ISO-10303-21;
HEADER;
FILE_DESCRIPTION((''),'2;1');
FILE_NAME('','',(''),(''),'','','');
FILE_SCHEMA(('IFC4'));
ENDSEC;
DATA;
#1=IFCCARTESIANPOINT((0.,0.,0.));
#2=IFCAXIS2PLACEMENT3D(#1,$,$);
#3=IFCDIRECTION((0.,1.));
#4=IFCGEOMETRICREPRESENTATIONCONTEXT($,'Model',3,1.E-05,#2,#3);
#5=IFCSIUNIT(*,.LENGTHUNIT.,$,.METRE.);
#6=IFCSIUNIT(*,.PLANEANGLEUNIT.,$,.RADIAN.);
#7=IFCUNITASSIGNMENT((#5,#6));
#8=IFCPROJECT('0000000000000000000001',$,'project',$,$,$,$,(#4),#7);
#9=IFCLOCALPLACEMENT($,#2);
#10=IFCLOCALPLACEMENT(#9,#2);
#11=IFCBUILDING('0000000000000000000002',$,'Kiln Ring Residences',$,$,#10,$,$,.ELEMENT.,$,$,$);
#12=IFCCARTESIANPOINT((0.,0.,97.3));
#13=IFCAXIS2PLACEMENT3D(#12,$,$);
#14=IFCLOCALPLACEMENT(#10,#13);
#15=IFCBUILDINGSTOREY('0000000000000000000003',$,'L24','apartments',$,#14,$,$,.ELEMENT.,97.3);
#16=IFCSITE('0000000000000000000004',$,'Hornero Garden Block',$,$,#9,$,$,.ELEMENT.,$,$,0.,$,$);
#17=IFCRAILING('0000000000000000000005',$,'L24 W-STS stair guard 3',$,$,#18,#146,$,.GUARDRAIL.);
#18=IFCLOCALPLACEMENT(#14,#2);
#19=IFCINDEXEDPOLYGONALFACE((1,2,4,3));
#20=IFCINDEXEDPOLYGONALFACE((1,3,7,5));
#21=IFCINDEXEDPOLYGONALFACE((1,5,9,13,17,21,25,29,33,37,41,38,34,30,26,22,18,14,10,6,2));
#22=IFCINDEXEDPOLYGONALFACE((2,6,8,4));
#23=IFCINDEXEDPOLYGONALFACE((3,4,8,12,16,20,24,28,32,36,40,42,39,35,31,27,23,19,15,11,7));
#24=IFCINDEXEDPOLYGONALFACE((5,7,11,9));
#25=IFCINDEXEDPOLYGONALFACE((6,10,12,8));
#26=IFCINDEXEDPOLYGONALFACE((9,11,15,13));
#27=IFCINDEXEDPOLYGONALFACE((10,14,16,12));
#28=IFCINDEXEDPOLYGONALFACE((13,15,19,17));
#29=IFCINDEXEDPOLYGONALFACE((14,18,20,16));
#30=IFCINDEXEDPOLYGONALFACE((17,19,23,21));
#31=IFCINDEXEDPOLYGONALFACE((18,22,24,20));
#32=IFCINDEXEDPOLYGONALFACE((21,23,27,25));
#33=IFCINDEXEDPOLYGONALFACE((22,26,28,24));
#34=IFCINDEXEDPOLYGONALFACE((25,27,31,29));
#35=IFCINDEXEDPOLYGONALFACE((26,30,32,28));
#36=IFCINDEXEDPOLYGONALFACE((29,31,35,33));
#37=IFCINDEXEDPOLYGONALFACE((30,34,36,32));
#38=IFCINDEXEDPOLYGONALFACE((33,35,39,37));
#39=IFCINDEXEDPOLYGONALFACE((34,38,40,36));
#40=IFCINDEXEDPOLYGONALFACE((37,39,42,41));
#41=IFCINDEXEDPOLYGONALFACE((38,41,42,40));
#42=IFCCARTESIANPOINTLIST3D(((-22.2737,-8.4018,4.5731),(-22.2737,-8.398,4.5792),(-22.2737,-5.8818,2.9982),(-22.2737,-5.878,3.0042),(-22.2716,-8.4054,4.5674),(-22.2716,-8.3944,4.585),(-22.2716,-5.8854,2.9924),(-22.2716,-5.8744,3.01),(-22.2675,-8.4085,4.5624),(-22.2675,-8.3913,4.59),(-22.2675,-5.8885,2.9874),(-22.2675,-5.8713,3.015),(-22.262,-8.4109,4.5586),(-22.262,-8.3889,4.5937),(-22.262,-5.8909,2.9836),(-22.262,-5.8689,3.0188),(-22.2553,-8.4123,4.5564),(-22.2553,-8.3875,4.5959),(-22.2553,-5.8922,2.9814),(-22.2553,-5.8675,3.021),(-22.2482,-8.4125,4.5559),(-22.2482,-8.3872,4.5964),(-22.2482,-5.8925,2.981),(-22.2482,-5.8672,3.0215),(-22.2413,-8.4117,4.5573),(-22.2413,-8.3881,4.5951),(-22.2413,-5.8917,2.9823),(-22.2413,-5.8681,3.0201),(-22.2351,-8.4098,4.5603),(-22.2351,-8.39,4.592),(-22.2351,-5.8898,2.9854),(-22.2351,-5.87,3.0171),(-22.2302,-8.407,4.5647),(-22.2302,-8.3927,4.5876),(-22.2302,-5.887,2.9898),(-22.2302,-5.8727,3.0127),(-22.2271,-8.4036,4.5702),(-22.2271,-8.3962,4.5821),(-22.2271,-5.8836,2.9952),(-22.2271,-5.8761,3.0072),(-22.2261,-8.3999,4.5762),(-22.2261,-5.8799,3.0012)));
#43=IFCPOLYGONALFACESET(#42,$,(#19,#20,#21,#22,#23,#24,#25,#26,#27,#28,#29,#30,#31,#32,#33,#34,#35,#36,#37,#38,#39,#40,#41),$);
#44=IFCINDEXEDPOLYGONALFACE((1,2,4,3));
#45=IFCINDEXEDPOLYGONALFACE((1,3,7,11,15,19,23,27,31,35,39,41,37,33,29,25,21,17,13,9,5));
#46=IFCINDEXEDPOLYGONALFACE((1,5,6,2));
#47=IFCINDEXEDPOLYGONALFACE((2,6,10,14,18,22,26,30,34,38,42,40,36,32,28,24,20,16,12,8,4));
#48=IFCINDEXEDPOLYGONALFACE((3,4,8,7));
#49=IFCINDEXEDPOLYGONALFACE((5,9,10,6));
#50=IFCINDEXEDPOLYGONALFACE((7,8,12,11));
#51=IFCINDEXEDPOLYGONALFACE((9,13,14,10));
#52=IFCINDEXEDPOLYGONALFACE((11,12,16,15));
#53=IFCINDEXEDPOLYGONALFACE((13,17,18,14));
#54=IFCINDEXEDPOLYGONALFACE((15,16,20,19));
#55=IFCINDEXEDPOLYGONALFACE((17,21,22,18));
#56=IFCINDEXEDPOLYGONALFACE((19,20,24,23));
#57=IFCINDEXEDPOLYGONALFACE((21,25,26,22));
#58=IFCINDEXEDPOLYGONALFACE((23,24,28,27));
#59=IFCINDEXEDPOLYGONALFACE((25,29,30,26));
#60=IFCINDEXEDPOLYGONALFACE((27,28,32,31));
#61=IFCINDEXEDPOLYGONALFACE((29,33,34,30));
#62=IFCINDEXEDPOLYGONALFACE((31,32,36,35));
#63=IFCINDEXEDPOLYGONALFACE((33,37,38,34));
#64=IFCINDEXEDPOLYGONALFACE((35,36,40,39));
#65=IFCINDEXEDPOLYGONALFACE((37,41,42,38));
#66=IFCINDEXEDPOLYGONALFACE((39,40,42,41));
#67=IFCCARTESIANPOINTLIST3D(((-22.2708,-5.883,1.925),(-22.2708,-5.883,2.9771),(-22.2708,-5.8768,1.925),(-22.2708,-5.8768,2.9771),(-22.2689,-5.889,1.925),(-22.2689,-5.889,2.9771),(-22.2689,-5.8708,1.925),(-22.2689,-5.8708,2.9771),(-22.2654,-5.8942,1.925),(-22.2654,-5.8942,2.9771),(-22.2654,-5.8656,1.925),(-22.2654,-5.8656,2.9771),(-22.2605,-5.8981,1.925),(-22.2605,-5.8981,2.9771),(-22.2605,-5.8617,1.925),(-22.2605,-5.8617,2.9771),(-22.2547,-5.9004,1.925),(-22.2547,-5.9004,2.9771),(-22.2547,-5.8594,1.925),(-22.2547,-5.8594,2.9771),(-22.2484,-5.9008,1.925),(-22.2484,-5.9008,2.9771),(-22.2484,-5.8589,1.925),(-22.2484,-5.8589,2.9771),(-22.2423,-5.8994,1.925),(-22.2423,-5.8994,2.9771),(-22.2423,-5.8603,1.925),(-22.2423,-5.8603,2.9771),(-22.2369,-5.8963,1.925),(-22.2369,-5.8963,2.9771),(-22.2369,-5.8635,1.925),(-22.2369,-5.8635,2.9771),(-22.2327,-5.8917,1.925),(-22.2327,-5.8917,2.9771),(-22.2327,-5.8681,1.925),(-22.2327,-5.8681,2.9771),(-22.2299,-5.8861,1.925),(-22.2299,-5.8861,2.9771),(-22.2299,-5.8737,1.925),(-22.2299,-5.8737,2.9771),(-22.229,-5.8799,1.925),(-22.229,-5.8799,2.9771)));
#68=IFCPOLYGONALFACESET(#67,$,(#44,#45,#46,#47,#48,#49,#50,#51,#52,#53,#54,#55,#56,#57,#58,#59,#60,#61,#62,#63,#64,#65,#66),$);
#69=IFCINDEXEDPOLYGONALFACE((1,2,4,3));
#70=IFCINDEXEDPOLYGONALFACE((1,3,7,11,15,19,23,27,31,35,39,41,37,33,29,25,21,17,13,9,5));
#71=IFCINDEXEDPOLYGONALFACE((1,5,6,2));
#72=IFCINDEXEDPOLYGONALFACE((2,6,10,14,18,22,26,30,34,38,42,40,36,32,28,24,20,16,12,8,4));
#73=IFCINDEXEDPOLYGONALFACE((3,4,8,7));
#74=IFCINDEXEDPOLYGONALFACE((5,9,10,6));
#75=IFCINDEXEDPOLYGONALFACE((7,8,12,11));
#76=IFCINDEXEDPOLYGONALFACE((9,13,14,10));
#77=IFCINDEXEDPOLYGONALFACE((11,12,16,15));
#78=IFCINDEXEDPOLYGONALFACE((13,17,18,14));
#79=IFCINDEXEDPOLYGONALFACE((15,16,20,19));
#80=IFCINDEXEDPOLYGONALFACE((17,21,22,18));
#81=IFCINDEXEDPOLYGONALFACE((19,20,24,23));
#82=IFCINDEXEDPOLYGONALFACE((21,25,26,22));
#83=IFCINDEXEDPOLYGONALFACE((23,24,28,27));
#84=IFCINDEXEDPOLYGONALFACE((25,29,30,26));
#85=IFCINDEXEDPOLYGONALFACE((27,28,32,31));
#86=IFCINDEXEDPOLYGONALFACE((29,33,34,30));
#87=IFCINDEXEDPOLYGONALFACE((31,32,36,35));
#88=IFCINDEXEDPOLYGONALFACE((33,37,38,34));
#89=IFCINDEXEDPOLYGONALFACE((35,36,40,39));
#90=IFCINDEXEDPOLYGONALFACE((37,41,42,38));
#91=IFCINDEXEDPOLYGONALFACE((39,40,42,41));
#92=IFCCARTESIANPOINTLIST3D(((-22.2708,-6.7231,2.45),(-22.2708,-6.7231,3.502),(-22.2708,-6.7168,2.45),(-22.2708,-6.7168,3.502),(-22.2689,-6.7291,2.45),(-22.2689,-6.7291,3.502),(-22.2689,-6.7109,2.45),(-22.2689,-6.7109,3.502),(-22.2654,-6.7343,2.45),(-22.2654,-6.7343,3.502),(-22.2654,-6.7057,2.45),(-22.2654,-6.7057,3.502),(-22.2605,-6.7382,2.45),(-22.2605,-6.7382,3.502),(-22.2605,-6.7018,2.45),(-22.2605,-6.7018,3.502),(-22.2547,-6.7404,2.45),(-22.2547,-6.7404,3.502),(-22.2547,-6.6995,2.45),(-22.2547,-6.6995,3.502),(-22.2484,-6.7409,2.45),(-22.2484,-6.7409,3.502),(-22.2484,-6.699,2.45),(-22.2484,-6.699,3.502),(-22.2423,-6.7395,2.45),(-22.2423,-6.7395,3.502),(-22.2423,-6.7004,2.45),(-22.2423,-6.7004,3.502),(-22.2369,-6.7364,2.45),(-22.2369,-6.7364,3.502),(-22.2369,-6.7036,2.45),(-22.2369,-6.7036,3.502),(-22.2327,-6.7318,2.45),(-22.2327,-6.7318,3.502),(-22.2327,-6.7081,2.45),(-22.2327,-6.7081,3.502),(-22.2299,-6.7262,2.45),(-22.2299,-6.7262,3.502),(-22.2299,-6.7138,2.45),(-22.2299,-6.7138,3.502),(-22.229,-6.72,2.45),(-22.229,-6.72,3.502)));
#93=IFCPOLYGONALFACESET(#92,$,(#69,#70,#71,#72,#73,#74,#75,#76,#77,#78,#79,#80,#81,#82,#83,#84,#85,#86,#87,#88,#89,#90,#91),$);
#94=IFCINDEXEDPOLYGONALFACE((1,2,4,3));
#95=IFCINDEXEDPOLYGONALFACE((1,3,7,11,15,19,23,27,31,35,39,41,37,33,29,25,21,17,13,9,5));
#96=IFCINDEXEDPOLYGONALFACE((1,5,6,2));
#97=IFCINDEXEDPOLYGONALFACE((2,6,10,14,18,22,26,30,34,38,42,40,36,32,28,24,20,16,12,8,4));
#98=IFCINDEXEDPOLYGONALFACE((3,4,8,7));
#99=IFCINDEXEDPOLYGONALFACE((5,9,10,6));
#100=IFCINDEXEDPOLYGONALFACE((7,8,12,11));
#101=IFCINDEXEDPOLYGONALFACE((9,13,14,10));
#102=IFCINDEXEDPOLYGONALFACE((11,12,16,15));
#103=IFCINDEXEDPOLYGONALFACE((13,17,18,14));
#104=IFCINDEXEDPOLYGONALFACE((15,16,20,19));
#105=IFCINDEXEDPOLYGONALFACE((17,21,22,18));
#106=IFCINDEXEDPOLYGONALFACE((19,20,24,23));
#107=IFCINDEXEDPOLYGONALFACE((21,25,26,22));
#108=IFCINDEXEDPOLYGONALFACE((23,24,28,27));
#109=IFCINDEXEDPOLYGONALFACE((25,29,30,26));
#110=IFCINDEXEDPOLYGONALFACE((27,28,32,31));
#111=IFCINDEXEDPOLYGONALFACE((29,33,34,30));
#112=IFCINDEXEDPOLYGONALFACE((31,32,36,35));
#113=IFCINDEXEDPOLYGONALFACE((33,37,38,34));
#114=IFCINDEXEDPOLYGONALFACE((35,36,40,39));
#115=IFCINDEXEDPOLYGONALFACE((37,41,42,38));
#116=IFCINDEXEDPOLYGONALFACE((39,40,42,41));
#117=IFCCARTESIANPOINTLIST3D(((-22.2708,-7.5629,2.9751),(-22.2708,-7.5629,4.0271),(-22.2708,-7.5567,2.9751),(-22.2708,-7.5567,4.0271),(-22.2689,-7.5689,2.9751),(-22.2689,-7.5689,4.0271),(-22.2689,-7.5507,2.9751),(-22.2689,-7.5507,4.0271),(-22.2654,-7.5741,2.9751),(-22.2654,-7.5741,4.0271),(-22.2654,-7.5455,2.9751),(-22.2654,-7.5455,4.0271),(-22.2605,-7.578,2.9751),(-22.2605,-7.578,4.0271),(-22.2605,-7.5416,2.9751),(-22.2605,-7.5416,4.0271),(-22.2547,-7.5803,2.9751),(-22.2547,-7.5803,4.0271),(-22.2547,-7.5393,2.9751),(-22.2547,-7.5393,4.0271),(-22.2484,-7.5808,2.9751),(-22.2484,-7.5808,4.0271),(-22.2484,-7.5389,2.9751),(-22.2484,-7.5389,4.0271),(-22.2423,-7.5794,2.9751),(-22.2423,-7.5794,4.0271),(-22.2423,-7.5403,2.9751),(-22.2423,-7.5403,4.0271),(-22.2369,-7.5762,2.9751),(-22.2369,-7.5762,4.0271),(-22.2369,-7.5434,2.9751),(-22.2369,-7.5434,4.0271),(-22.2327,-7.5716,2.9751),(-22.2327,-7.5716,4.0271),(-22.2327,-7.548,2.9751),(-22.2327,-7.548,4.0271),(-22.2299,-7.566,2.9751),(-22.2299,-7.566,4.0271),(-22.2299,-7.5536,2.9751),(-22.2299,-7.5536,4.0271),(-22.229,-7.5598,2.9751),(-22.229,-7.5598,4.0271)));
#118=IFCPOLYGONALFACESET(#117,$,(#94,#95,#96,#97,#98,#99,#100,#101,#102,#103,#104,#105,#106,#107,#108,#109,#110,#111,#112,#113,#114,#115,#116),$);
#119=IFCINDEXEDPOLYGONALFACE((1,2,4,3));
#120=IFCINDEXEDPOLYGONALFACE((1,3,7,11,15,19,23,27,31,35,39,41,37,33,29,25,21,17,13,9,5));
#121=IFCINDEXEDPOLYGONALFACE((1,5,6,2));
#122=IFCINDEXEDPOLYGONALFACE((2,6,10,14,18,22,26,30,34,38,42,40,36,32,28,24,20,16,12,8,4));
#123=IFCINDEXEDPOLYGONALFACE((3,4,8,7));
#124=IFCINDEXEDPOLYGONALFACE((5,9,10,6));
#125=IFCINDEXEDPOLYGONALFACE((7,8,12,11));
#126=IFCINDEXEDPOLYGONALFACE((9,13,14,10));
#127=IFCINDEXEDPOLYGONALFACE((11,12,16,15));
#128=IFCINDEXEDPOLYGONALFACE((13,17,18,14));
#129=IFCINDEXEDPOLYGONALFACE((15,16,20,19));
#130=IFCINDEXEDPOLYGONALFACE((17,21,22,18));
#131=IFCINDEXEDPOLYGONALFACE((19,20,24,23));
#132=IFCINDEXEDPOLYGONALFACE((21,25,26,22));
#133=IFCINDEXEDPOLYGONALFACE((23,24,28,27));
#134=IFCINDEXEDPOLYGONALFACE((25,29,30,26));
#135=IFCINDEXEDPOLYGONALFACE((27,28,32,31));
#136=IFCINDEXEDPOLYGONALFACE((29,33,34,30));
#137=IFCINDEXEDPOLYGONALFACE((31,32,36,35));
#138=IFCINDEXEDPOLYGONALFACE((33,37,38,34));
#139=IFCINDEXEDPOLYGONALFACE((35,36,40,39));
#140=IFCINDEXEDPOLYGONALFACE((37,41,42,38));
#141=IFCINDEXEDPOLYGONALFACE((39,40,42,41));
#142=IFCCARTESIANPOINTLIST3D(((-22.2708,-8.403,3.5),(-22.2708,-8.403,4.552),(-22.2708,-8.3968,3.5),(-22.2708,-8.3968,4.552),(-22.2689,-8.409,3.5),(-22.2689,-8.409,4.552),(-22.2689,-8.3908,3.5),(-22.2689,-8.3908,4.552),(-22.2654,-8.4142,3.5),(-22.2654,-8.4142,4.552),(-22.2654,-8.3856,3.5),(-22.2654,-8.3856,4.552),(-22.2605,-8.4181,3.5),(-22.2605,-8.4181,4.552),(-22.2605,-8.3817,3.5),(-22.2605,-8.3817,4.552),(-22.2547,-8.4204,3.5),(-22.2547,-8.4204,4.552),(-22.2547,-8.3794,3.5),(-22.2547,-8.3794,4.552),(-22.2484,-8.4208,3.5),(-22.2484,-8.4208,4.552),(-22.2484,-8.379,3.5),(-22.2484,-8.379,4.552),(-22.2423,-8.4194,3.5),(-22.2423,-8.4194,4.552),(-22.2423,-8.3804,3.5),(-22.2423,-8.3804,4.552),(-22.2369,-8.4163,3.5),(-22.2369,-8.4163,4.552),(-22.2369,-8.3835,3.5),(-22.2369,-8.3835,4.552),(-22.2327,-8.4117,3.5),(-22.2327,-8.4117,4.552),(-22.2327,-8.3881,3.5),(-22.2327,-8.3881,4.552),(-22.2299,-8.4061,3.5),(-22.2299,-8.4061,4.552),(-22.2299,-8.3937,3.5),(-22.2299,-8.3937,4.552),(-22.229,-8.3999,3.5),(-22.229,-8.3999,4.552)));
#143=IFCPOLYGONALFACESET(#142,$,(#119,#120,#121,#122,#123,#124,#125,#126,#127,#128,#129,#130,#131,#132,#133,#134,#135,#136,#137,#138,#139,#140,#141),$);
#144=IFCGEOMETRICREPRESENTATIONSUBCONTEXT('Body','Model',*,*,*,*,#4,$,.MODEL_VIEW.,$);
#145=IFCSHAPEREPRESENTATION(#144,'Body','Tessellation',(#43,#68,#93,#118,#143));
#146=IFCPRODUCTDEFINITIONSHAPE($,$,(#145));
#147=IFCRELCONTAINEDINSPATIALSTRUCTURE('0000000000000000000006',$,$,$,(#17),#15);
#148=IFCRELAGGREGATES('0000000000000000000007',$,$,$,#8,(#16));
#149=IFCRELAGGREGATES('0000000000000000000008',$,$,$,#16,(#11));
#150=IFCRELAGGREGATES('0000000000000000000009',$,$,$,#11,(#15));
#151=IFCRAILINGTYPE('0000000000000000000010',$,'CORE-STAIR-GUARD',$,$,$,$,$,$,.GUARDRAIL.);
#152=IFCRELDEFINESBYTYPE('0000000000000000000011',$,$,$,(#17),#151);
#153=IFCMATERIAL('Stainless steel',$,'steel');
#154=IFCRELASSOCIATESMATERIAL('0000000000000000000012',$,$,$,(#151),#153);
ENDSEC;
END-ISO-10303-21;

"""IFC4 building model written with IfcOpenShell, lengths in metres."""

from ifc_helpers import new_model, si_unit, direction, frame, origin, origin_2d, place, context, subcontext, project, spatial, circle, extrude, material, type_object, element, save


model = new_model("IFC4")

# Units and contexts
model_context = context("Model", 3, precision=1e-05, world=origin(), true_north=direction((0.0, 1.0)))
body_context = subcontext(model_context, "Body", "Model", "MODEL_VIEW")
ifc_project = project(units=[si_unit("LENGTHUNIT", "METRE"), si_unit("PLANEANGLEUNIT", "RADIAN")], contexts=[model_context])

# Site, building, storey
site_placement = place(None, origin())
site = spatial("IfcSite", under=ifc_project, at=site_placement, Name="Hornero Garden Block", CompositionType="ELEMENT", RefElevation=0.0)
building_placement = place(site_placement, origin())
building = spatial("IfcBuilding", under=site, at=building_placement, Name="Kiln Ring Residences", CompositionType="ELEMENT")
storey_placement = place(building_placement, frame((0.0, 0.0, 97.3)))
storey = spatial("IfcBuildingStorey", under=building, at=storey_placement, Name="L24", Description="apartments", CompositionType="ELEMENT", Elevation=97.3)

# Railing
ifc_material_1 = material(Name="Stainless steel", Category="steel")
railing_type_1 = type_object("IfcRailingType", Name="CORE-STAIR-GUARD", PredefinedType="GUARDRAIL", material=ifc_material_1)
railing_1_placement = place(storey_placement, frame((-22.25, -5.8799, 1.925)))
element("IfcRailing", 1, at=railing_1_placement, inside=storey, type_object=railing_type_1, Name="L24 W-STS stair guard 3", PredefinedType="GUARDRAIL", context=body_context, shape_type="SweptSolid", body=[
    extrude(circle(Radius=0.0239, at=origin_2d()), frame((0.0, 0.0, 1.0762), z_axis=(0.0, -0.848008, 0.529984), x_axis=(1.0, 0.0, 0.0)), (0.0, 0.0, 1.0), 2.9717),
    extrude(circle(Radius=0.021, at=origin_2d()), origin(), (0.0, 0.0, 1.0), 1.052),
    extrude(circle(Radius=0.021, at=origin_2d()), frame((0.0, -0.8401, 0.5249)), (0.0, 0.0, 1.0), 1.052),
    extrude(circle(Radius=0.021, at=origin_2d()), frame((0.0, -1.6799, 1.05)), (0.0, 0.0, 1.0), 1.052),
    extrude(circle(Radius=0.021, at=origin_2d()), frame((0.0, -2.52, 1.575)), (0.0, 0.0, 1.0), 1.052),
])

save(model, "model.ifc")
